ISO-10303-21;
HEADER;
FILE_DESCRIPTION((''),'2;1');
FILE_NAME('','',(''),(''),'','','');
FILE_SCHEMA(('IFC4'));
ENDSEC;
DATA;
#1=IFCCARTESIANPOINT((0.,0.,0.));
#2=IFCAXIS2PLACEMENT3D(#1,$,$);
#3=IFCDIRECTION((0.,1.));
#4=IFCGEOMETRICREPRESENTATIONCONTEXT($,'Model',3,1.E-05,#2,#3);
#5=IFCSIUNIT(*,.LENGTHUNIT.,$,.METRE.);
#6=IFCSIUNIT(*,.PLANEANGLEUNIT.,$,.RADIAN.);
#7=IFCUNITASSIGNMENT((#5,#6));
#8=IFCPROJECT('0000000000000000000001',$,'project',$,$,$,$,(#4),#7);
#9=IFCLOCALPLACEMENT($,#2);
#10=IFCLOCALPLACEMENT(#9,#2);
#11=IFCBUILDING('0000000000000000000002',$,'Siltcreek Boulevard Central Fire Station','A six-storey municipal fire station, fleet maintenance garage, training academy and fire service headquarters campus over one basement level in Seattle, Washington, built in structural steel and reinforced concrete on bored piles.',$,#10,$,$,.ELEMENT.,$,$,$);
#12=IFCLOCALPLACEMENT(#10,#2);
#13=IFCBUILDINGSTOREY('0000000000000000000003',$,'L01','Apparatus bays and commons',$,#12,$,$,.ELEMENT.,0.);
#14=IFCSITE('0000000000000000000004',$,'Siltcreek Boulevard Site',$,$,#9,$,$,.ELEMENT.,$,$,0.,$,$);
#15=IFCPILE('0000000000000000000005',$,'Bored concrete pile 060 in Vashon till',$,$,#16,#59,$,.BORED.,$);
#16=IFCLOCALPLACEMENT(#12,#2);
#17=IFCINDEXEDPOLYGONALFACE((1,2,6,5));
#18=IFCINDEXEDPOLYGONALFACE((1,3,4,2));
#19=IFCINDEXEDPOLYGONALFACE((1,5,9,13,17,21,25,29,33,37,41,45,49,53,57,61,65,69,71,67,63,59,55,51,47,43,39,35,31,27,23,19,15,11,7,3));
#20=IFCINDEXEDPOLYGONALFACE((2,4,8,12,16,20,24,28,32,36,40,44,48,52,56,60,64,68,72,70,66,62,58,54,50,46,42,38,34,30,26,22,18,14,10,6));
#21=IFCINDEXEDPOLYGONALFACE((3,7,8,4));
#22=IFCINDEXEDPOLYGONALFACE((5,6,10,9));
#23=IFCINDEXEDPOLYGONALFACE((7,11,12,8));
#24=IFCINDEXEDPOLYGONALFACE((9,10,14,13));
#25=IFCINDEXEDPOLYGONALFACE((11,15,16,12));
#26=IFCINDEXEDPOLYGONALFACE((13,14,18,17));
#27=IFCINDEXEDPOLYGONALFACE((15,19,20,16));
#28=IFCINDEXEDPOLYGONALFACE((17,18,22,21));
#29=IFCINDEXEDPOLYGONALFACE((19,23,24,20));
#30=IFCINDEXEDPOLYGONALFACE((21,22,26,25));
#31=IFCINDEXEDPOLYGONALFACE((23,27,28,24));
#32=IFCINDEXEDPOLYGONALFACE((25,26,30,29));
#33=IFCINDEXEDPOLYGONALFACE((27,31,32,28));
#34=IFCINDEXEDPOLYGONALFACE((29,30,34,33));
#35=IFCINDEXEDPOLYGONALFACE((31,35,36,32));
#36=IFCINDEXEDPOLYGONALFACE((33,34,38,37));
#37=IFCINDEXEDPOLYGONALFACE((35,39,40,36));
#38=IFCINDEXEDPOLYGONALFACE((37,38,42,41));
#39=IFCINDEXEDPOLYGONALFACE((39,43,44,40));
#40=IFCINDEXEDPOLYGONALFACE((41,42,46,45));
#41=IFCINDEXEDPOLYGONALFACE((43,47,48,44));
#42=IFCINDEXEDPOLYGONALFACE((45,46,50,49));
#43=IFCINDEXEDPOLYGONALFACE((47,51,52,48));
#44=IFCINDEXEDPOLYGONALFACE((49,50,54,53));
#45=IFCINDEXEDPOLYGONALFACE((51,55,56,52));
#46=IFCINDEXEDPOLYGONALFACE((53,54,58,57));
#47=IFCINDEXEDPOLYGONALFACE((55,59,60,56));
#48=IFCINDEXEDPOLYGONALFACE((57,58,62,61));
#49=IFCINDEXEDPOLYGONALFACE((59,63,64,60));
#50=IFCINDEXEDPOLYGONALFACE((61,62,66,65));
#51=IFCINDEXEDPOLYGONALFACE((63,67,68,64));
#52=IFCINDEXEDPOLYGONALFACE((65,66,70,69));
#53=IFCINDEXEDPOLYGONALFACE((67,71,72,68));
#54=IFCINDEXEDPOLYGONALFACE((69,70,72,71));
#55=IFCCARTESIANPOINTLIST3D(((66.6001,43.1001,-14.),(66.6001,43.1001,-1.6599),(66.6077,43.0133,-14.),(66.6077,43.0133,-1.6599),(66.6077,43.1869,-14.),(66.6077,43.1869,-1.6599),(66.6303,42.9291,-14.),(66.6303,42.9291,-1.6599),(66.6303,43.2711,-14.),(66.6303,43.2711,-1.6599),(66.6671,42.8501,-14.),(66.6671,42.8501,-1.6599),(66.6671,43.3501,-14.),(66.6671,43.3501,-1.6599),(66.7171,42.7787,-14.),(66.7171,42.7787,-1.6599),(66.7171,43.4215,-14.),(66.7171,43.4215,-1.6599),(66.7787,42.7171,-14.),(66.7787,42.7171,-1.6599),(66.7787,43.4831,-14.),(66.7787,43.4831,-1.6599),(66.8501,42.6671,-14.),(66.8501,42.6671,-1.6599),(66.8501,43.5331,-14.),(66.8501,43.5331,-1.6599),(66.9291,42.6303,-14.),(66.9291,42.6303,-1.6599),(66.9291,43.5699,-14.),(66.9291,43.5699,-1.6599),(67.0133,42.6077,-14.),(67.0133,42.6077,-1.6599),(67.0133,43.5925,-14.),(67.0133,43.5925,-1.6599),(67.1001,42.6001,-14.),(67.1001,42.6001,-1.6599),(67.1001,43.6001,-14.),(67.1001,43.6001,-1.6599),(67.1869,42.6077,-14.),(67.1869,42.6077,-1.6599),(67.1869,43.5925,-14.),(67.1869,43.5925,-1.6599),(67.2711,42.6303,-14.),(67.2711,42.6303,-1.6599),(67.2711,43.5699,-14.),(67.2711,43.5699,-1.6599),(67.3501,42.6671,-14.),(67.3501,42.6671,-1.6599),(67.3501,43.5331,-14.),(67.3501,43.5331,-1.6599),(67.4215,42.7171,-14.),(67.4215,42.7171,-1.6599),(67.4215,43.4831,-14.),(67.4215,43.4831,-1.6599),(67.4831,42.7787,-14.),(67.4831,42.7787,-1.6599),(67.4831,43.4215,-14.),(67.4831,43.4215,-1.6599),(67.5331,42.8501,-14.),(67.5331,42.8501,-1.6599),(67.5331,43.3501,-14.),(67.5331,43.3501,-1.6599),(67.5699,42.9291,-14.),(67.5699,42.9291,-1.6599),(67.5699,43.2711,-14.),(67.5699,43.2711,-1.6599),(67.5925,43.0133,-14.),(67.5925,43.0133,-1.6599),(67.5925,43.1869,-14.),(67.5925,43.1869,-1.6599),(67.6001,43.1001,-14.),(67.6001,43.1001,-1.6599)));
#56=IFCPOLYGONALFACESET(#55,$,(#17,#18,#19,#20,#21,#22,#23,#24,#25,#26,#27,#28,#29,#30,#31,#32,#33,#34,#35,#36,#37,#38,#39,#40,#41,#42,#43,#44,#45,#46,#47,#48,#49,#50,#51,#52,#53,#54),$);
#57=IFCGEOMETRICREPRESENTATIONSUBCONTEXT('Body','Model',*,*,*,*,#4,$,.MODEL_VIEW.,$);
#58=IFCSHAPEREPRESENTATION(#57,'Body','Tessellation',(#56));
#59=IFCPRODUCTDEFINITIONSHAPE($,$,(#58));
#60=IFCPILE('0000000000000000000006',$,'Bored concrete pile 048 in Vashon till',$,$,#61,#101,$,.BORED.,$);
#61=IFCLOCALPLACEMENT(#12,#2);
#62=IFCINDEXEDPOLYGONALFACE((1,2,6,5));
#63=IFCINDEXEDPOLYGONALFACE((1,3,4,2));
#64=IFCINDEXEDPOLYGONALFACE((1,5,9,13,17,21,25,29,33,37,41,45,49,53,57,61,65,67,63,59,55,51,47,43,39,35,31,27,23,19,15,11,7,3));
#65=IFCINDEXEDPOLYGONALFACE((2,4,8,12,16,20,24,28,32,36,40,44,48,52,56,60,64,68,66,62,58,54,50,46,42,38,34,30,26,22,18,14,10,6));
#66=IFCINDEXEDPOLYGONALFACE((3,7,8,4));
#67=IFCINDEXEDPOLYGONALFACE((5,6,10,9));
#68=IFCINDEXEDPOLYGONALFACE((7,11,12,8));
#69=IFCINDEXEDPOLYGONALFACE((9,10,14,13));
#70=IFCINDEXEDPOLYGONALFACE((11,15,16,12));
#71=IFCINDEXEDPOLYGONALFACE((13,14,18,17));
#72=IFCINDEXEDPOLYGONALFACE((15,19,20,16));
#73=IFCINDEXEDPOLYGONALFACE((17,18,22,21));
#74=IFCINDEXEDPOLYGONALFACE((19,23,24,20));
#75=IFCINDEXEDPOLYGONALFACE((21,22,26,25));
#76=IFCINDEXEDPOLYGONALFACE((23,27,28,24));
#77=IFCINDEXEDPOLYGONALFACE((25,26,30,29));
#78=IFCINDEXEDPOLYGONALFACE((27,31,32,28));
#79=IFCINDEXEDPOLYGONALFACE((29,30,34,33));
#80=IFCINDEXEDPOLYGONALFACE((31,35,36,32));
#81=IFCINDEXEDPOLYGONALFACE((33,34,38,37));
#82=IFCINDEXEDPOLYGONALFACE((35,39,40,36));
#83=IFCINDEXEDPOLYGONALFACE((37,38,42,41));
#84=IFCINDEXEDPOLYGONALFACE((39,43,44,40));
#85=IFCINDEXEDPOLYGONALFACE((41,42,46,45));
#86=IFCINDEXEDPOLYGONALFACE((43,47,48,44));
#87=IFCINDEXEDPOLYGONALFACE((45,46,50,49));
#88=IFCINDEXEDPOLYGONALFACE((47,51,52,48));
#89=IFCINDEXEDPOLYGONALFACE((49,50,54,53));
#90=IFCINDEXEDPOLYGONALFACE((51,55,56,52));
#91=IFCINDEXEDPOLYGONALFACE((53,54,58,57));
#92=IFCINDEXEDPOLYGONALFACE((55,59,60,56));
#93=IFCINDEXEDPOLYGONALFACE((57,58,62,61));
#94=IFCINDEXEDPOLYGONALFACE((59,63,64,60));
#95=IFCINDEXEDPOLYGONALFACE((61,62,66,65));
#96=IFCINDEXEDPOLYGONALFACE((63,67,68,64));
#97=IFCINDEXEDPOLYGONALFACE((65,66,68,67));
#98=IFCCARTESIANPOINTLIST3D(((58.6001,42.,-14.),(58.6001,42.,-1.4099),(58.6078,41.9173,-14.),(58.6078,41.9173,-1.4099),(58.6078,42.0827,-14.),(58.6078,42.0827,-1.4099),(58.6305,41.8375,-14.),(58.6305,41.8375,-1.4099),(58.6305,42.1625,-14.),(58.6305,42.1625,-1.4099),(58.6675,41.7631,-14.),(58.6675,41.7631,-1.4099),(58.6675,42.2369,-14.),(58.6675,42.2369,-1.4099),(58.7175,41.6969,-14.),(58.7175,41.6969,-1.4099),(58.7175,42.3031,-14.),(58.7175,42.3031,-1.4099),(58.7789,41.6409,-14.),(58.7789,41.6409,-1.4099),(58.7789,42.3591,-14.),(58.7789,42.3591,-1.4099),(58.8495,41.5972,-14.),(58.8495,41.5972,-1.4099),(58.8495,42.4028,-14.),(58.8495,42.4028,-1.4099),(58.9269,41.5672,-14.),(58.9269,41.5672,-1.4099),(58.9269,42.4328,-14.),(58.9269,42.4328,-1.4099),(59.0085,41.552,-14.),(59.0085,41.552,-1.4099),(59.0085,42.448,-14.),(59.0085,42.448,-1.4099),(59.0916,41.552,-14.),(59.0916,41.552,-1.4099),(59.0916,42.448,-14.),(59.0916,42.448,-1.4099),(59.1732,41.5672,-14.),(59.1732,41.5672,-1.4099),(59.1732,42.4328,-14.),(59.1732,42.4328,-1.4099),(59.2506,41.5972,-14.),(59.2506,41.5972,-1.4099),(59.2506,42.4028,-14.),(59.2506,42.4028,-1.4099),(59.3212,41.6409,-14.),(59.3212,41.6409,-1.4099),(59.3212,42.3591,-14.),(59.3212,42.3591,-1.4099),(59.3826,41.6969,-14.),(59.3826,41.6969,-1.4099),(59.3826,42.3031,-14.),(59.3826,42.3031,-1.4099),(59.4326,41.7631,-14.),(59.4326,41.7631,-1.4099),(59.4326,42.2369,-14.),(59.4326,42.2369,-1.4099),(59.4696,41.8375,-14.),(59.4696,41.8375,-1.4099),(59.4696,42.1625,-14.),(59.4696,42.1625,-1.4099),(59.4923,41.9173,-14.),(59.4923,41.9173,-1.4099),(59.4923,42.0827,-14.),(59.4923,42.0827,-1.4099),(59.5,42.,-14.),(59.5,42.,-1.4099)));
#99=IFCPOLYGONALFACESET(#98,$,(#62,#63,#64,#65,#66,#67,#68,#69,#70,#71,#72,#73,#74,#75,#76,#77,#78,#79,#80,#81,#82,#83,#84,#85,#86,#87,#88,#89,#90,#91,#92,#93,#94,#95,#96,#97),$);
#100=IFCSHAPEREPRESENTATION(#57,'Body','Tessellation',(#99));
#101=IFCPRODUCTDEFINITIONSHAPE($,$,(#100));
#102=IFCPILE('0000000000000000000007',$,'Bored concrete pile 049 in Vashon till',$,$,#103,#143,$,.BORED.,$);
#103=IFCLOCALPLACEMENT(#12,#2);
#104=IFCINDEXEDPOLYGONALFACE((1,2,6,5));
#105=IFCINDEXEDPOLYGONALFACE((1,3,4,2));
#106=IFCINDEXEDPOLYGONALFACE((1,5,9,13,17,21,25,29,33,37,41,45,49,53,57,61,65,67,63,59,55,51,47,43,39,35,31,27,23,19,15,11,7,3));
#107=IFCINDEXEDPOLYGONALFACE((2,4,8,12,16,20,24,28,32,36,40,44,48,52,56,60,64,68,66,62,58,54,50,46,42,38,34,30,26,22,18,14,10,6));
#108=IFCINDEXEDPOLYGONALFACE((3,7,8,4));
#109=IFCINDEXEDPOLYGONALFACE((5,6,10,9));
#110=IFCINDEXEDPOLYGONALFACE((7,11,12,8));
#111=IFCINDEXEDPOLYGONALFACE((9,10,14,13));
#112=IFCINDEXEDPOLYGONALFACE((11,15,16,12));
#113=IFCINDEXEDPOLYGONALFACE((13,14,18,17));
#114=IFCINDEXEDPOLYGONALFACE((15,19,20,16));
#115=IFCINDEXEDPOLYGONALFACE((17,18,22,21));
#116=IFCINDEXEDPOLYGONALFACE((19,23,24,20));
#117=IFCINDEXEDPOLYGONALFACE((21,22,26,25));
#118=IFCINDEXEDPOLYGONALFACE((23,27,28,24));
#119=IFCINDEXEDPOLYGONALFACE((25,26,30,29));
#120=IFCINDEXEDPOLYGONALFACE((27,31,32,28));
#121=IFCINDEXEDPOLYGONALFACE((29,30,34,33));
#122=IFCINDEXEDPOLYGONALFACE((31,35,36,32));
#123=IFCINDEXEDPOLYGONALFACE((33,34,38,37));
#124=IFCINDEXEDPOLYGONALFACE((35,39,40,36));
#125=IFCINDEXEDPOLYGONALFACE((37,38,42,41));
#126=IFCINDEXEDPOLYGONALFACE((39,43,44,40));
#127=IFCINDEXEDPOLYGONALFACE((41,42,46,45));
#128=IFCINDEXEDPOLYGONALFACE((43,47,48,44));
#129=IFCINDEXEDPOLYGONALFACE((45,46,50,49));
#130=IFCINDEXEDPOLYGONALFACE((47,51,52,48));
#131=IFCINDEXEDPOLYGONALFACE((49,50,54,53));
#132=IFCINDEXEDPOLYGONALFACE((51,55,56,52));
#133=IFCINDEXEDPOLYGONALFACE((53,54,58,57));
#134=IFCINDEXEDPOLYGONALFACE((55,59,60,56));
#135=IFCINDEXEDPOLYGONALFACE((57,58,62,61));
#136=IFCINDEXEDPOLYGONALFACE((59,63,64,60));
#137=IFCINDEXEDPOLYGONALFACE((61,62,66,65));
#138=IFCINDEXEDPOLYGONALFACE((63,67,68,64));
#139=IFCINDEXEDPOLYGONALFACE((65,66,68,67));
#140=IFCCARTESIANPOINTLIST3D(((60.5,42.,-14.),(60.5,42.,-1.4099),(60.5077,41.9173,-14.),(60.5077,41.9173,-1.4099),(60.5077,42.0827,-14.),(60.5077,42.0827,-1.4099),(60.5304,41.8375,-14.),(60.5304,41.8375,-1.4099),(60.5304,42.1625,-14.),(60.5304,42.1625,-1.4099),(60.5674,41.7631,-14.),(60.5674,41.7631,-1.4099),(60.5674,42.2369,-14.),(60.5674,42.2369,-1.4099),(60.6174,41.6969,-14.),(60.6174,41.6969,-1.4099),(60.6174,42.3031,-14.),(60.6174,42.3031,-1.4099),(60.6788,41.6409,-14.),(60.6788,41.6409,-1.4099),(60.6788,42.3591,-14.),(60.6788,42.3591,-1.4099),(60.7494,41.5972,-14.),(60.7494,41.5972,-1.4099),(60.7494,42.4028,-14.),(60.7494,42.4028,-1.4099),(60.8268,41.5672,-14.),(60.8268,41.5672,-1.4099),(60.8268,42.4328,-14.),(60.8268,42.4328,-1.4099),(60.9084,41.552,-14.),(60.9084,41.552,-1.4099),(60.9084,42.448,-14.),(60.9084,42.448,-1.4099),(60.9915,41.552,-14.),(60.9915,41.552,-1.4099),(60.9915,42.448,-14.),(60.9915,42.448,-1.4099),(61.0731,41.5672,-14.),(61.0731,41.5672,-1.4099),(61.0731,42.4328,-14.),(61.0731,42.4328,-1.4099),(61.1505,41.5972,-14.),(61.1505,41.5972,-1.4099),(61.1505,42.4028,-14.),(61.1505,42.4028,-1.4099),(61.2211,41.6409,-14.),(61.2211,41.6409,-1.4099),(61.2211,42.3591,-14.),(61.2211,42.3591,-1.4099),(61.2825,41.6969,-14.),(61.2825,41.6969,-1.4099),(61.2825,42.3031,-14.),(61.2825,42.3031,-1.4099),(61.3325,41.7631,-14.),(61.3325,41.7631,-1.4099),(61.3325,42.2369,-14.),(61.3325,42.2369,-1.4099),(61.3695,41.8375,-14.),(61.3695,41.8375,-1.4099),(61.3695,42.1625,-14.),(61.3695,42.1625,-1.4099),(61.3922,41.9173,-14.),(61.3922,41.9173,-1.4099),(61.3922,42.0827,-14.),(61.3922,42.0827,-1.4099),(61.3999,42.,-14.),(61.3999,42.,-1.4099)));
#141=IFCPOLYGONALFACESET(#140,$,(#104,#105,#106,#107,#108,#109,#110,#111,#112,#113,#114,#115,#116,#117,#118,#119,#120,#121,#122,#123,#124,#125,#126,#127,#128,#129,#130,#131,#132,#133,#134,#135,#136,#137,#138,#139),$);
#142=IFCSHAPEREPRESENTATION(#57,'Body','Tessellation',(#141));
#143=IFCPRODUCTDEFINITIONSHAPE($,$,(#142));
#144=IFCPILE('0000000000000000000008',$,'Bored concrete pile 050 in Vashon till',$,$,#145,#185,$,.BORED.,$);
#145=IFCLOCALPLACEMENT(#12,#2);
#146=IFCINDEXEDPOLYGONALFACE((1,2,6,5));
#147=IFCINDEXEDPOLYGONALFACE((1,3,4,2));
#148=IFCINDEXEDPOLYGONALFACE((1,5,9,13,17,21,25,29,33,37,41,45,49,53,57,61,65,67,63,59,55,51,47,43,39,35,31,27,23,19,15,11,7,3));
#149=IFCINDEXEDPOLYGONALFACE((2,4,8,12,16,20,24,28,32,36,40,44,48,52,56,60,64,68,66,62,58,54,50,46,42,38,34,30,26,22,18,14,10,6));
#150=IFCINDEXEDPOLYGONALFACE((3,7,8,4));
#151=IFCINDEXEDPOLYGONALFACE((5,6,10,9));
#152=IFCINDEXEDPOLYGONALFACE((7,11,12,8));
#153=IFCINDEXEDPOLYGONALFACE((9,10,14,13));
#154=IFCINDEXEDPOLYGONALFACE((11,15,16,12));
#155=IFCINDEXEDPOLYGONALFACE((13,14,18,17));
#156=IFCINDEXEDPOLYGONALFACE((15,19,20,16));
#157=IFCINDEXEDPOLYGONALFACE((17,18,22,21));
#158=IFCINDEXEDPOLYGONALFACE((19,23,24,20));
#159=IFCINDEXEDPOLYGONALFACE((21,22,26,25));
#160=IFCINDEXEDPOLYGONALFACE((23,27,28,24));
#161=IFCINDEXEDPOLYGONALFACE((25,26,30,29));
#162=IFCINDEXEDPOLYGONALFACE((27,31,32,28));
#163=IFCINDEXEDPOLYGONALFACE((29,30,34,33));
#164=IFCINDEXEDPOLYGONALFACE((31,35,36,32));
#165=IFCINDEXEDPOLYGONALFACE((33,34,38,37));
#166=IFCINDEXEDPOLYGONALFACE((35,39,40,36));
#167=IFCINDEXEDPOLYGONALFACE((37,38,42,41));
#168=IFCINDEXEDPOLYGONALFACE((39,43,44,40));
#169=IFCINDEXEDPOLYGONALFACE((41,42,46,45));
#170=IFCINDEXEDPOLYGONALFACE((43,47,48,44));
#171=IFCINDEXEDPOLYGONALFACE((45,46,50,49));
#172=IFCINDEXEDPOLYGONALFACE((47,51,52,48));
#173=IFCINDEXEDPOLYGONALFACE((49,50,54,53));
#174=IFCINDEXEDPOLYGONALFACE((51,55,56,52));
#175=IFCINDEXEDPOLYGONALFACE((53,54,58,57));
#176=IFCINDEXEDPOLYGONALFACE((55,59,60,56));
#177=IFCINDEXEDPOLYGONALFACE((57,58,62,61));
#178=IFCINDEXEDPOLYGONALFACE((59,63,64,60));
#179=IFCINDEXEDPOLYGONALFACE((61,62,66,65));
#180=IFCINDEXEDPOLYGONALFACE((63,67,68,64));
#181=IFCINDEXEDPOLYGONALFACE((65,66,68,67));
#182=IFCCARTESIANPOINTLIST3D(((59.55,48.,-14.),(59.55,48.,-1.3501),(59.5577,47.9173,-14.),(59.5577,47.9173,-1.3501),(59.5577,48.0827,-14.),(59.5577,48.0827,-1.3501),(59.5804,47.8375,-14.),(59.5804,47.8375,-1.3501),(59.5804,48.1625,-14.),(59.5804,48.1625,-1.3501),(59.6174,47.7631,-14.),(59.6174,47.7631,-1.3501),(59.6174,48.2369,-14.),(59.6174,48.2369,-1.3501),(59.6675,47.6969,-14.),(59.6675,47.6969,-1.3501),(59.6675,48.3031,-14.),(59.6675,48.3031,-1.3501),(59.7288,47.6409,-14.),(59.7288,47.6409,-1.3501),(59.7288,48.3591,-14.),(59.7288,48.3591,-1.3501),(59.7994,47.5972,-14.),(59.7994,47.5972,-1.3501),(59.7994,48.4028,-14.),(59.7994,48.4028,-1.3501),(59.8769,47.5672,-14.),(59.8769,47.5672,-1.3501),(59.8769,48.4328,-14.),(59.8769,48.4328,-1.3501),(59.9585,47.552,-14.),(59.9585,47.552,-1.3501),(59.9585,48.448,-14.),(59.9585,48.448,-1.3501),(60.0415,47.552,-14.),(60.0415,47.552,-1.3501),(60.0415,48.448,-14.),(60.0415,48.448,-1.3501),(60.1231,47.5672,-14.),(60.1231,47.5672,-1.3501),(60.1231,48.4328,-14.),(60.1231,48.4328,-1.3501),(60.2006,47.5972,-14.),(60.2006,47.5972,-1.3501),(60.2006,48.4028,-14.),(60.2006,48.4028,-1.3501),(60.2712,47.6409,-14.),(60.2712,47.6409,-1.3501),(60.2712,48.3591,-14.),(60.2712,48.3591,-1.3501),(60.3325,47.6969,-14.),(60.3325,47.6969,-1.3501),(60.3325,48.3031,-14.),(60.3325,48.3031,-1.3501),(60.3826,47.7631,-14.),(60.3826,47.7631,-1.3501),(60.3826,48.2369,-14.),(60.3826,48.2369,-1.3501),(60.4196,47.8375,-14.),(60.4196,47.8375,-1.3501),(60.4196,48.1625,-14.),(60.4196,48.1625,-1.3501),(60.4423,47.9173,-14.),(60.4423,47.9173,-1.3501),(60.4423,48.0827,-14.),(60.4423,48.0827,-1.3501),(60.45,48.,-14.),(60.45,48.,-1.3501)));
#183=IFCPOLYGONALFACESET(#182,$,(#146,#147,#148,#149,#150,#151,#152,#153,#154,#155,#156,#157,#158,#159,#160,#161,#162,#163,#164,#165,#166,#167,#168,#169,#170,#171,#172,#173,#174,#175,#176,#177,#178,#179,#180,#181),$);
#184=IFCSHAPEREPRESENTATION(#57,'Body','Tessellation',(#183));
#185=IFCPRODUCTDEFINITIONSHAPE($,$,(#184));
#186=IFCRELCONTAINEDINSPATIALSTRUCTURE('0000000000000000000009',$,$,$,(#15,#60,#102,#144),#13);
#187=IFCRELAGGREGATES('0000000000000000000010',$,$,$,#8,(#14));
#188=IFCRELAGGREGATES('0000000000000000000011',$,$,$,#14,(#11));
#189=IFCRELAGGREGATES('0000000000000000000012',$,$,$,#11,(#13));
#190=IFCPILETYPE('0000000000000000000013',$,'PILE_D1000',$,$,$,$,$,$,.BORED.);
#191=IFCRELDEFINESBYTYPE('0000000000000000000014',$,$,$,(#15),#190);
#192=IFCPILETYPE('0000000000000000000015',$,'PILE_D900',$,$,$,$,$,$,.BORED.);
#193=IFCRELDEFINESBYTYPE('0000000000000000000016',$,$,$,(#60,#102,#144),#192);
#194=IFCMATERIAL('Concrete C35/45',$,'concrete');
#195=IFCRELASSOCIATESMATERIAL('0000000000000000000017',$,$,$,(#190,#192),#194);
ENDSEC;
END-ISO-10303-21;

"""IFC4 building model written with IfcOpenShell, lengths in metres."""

from ifc_helpers import new_model, si_unit, direction, frame, origin, origin_2d, place, context, subcontext, project, spatial, circle, extrude, material, material_profile, profile_set, type_object, element, save


model = new_model("IFC4")

# Units and contexts
model_context = context("Model", 3, precision=1e-05, world=origin(), true_north=direction((0.0, 1.0)))
body_context = subcontext(model_context, "Body", "Model", "MODEL_VIEW")
ifc_project = project(units=[si_unit("LENGTHUNIT", "METRE"), si_unit("PLANEANGLEUNIT", "RADIAN")], contexts=[model_context])

# Site, building, storey
site_placement = place(None, origin())
site = spatial("IfcSite", under=ifc_project, at=site_placement, Name="Siltcreek Boulevard Site", CompositionType="ELEMENT", RefElevation=0.0)
building_placement = place(site_placement, origin())
building = spatial("IfcBuilding", under=site, at=building_placement, Name="Siltcreek Boulevard Central Fire Station", Description="A six-storey municipal fire station, fleet maintenance garage, training academy and fire service headquarters campus over one basement level in Seattle, Washington, built in structural steel and reinforced concrete on bored piles.", CompositionType="ELEMENT")
storey_placement = place(building_placement, origin())
storey = spatial("IfcBuildingStorey", under=building, at=storey_placement, Name="L01", Description="Apparatus bays and commons", CompositionType="ELEMENT", Elevation=0.0)

# Shared definitions
ifc_material_1 = material(Name="Concrete C35/45", Category="concrete")

# Piles
ifc_material_profile_1 = material_profile(ifc_material_1, circle(Radius=0.5, at=origin_2d()), Name="SHAFT1000")
ifc_profile_set_1 = profile_set([ifc_material_profile_1], Name="Concrete C35/45")
pile_type_1 = type_object("IfcPileType", Name="PILE_D1000", PredefinedType="BORED", material=ifc_profile_set_1)
for number, where, z_axis, x_axis, name in (
    (1, (67.1001, 43.1001, -1.6599), (0.0, 0.0, -1.0), (1.0, 0.0, 0.0), "Bored concrete pile 060 in Vashon till"),
):
    element("IfcPile", number, at=place(storey_placement, frame(where, z_axis=z_axis, x_axis=x_axis)), inside=storey, type_object=pile_type_1, Name=name, PredefinedType="BORED", context=body_context, shape_type="SweptSolid", body=[
        extrude(circle(Radius=0.5, at=origin_2d()), origin(), (0.0, 0.0, 1.0), 12.3401),
    ])
ifc_material_profile_2 = material_profile(ifc_material_1, circle(Radius=0.45, at=origin_2d()), Name="SHAFT900")
ifc_profile_set_2 = profile_set([ifc_material_profile_2], Name="Concrete C35/45")
pile_type_2 = type_object("IfcPileType", Name="PILE_D900", PredefinedType="BORED", material=ifc_profile_set_2)
for number, where, z_axis, x_axis, name in (
    (2, (59.05, 42.0, -1.4099), (0.0, 0.0, -1.0), (1.0, 0.0, 0.0), "Bored concrete pile 048 in Vashon till"),
    (3, (60.95, 42.0, -1.4099), (0.0, 0.0, -1.0), (1.0, 0.0, 0.0), "Bored concrete pile 049 in Vashon till"),
):
    element("IfcPile", number, at=place(storey_placement, frame(where, z_axis=z_axis, x_axis=x_axis)), inside=storey, type_object=pile_type_2, Name=name, PredefinedType="BORED", context=body_context, shape_type="SweptSolid", body=[
        extrude(circle(Radius=0.45, at=origin_2d()), origin(), (0.0, 0.0, 1.0), 12.5901),
    ])
pile_placement = place(storey_placement, frame((60.0, 48.0, -1.3501), z_axis=(0.0, 0.0, -1.0), x_axis=(1.0, 0.0, 0.0)))
element("IfcPile", 4, at=pile_placement, inside=storey, type_object=pile_type_2, Name="Bored concrete pile 050 in Vashon till", PredefinedType="BORED", context=body_context, shape_type="SweptSolid", body=[
    extrude(circle(Radius=0.45, at=origin_2d()), origin(), (0.0, 0.0, 1.0), 12.6499),
])

save(model, "model.ifc")
